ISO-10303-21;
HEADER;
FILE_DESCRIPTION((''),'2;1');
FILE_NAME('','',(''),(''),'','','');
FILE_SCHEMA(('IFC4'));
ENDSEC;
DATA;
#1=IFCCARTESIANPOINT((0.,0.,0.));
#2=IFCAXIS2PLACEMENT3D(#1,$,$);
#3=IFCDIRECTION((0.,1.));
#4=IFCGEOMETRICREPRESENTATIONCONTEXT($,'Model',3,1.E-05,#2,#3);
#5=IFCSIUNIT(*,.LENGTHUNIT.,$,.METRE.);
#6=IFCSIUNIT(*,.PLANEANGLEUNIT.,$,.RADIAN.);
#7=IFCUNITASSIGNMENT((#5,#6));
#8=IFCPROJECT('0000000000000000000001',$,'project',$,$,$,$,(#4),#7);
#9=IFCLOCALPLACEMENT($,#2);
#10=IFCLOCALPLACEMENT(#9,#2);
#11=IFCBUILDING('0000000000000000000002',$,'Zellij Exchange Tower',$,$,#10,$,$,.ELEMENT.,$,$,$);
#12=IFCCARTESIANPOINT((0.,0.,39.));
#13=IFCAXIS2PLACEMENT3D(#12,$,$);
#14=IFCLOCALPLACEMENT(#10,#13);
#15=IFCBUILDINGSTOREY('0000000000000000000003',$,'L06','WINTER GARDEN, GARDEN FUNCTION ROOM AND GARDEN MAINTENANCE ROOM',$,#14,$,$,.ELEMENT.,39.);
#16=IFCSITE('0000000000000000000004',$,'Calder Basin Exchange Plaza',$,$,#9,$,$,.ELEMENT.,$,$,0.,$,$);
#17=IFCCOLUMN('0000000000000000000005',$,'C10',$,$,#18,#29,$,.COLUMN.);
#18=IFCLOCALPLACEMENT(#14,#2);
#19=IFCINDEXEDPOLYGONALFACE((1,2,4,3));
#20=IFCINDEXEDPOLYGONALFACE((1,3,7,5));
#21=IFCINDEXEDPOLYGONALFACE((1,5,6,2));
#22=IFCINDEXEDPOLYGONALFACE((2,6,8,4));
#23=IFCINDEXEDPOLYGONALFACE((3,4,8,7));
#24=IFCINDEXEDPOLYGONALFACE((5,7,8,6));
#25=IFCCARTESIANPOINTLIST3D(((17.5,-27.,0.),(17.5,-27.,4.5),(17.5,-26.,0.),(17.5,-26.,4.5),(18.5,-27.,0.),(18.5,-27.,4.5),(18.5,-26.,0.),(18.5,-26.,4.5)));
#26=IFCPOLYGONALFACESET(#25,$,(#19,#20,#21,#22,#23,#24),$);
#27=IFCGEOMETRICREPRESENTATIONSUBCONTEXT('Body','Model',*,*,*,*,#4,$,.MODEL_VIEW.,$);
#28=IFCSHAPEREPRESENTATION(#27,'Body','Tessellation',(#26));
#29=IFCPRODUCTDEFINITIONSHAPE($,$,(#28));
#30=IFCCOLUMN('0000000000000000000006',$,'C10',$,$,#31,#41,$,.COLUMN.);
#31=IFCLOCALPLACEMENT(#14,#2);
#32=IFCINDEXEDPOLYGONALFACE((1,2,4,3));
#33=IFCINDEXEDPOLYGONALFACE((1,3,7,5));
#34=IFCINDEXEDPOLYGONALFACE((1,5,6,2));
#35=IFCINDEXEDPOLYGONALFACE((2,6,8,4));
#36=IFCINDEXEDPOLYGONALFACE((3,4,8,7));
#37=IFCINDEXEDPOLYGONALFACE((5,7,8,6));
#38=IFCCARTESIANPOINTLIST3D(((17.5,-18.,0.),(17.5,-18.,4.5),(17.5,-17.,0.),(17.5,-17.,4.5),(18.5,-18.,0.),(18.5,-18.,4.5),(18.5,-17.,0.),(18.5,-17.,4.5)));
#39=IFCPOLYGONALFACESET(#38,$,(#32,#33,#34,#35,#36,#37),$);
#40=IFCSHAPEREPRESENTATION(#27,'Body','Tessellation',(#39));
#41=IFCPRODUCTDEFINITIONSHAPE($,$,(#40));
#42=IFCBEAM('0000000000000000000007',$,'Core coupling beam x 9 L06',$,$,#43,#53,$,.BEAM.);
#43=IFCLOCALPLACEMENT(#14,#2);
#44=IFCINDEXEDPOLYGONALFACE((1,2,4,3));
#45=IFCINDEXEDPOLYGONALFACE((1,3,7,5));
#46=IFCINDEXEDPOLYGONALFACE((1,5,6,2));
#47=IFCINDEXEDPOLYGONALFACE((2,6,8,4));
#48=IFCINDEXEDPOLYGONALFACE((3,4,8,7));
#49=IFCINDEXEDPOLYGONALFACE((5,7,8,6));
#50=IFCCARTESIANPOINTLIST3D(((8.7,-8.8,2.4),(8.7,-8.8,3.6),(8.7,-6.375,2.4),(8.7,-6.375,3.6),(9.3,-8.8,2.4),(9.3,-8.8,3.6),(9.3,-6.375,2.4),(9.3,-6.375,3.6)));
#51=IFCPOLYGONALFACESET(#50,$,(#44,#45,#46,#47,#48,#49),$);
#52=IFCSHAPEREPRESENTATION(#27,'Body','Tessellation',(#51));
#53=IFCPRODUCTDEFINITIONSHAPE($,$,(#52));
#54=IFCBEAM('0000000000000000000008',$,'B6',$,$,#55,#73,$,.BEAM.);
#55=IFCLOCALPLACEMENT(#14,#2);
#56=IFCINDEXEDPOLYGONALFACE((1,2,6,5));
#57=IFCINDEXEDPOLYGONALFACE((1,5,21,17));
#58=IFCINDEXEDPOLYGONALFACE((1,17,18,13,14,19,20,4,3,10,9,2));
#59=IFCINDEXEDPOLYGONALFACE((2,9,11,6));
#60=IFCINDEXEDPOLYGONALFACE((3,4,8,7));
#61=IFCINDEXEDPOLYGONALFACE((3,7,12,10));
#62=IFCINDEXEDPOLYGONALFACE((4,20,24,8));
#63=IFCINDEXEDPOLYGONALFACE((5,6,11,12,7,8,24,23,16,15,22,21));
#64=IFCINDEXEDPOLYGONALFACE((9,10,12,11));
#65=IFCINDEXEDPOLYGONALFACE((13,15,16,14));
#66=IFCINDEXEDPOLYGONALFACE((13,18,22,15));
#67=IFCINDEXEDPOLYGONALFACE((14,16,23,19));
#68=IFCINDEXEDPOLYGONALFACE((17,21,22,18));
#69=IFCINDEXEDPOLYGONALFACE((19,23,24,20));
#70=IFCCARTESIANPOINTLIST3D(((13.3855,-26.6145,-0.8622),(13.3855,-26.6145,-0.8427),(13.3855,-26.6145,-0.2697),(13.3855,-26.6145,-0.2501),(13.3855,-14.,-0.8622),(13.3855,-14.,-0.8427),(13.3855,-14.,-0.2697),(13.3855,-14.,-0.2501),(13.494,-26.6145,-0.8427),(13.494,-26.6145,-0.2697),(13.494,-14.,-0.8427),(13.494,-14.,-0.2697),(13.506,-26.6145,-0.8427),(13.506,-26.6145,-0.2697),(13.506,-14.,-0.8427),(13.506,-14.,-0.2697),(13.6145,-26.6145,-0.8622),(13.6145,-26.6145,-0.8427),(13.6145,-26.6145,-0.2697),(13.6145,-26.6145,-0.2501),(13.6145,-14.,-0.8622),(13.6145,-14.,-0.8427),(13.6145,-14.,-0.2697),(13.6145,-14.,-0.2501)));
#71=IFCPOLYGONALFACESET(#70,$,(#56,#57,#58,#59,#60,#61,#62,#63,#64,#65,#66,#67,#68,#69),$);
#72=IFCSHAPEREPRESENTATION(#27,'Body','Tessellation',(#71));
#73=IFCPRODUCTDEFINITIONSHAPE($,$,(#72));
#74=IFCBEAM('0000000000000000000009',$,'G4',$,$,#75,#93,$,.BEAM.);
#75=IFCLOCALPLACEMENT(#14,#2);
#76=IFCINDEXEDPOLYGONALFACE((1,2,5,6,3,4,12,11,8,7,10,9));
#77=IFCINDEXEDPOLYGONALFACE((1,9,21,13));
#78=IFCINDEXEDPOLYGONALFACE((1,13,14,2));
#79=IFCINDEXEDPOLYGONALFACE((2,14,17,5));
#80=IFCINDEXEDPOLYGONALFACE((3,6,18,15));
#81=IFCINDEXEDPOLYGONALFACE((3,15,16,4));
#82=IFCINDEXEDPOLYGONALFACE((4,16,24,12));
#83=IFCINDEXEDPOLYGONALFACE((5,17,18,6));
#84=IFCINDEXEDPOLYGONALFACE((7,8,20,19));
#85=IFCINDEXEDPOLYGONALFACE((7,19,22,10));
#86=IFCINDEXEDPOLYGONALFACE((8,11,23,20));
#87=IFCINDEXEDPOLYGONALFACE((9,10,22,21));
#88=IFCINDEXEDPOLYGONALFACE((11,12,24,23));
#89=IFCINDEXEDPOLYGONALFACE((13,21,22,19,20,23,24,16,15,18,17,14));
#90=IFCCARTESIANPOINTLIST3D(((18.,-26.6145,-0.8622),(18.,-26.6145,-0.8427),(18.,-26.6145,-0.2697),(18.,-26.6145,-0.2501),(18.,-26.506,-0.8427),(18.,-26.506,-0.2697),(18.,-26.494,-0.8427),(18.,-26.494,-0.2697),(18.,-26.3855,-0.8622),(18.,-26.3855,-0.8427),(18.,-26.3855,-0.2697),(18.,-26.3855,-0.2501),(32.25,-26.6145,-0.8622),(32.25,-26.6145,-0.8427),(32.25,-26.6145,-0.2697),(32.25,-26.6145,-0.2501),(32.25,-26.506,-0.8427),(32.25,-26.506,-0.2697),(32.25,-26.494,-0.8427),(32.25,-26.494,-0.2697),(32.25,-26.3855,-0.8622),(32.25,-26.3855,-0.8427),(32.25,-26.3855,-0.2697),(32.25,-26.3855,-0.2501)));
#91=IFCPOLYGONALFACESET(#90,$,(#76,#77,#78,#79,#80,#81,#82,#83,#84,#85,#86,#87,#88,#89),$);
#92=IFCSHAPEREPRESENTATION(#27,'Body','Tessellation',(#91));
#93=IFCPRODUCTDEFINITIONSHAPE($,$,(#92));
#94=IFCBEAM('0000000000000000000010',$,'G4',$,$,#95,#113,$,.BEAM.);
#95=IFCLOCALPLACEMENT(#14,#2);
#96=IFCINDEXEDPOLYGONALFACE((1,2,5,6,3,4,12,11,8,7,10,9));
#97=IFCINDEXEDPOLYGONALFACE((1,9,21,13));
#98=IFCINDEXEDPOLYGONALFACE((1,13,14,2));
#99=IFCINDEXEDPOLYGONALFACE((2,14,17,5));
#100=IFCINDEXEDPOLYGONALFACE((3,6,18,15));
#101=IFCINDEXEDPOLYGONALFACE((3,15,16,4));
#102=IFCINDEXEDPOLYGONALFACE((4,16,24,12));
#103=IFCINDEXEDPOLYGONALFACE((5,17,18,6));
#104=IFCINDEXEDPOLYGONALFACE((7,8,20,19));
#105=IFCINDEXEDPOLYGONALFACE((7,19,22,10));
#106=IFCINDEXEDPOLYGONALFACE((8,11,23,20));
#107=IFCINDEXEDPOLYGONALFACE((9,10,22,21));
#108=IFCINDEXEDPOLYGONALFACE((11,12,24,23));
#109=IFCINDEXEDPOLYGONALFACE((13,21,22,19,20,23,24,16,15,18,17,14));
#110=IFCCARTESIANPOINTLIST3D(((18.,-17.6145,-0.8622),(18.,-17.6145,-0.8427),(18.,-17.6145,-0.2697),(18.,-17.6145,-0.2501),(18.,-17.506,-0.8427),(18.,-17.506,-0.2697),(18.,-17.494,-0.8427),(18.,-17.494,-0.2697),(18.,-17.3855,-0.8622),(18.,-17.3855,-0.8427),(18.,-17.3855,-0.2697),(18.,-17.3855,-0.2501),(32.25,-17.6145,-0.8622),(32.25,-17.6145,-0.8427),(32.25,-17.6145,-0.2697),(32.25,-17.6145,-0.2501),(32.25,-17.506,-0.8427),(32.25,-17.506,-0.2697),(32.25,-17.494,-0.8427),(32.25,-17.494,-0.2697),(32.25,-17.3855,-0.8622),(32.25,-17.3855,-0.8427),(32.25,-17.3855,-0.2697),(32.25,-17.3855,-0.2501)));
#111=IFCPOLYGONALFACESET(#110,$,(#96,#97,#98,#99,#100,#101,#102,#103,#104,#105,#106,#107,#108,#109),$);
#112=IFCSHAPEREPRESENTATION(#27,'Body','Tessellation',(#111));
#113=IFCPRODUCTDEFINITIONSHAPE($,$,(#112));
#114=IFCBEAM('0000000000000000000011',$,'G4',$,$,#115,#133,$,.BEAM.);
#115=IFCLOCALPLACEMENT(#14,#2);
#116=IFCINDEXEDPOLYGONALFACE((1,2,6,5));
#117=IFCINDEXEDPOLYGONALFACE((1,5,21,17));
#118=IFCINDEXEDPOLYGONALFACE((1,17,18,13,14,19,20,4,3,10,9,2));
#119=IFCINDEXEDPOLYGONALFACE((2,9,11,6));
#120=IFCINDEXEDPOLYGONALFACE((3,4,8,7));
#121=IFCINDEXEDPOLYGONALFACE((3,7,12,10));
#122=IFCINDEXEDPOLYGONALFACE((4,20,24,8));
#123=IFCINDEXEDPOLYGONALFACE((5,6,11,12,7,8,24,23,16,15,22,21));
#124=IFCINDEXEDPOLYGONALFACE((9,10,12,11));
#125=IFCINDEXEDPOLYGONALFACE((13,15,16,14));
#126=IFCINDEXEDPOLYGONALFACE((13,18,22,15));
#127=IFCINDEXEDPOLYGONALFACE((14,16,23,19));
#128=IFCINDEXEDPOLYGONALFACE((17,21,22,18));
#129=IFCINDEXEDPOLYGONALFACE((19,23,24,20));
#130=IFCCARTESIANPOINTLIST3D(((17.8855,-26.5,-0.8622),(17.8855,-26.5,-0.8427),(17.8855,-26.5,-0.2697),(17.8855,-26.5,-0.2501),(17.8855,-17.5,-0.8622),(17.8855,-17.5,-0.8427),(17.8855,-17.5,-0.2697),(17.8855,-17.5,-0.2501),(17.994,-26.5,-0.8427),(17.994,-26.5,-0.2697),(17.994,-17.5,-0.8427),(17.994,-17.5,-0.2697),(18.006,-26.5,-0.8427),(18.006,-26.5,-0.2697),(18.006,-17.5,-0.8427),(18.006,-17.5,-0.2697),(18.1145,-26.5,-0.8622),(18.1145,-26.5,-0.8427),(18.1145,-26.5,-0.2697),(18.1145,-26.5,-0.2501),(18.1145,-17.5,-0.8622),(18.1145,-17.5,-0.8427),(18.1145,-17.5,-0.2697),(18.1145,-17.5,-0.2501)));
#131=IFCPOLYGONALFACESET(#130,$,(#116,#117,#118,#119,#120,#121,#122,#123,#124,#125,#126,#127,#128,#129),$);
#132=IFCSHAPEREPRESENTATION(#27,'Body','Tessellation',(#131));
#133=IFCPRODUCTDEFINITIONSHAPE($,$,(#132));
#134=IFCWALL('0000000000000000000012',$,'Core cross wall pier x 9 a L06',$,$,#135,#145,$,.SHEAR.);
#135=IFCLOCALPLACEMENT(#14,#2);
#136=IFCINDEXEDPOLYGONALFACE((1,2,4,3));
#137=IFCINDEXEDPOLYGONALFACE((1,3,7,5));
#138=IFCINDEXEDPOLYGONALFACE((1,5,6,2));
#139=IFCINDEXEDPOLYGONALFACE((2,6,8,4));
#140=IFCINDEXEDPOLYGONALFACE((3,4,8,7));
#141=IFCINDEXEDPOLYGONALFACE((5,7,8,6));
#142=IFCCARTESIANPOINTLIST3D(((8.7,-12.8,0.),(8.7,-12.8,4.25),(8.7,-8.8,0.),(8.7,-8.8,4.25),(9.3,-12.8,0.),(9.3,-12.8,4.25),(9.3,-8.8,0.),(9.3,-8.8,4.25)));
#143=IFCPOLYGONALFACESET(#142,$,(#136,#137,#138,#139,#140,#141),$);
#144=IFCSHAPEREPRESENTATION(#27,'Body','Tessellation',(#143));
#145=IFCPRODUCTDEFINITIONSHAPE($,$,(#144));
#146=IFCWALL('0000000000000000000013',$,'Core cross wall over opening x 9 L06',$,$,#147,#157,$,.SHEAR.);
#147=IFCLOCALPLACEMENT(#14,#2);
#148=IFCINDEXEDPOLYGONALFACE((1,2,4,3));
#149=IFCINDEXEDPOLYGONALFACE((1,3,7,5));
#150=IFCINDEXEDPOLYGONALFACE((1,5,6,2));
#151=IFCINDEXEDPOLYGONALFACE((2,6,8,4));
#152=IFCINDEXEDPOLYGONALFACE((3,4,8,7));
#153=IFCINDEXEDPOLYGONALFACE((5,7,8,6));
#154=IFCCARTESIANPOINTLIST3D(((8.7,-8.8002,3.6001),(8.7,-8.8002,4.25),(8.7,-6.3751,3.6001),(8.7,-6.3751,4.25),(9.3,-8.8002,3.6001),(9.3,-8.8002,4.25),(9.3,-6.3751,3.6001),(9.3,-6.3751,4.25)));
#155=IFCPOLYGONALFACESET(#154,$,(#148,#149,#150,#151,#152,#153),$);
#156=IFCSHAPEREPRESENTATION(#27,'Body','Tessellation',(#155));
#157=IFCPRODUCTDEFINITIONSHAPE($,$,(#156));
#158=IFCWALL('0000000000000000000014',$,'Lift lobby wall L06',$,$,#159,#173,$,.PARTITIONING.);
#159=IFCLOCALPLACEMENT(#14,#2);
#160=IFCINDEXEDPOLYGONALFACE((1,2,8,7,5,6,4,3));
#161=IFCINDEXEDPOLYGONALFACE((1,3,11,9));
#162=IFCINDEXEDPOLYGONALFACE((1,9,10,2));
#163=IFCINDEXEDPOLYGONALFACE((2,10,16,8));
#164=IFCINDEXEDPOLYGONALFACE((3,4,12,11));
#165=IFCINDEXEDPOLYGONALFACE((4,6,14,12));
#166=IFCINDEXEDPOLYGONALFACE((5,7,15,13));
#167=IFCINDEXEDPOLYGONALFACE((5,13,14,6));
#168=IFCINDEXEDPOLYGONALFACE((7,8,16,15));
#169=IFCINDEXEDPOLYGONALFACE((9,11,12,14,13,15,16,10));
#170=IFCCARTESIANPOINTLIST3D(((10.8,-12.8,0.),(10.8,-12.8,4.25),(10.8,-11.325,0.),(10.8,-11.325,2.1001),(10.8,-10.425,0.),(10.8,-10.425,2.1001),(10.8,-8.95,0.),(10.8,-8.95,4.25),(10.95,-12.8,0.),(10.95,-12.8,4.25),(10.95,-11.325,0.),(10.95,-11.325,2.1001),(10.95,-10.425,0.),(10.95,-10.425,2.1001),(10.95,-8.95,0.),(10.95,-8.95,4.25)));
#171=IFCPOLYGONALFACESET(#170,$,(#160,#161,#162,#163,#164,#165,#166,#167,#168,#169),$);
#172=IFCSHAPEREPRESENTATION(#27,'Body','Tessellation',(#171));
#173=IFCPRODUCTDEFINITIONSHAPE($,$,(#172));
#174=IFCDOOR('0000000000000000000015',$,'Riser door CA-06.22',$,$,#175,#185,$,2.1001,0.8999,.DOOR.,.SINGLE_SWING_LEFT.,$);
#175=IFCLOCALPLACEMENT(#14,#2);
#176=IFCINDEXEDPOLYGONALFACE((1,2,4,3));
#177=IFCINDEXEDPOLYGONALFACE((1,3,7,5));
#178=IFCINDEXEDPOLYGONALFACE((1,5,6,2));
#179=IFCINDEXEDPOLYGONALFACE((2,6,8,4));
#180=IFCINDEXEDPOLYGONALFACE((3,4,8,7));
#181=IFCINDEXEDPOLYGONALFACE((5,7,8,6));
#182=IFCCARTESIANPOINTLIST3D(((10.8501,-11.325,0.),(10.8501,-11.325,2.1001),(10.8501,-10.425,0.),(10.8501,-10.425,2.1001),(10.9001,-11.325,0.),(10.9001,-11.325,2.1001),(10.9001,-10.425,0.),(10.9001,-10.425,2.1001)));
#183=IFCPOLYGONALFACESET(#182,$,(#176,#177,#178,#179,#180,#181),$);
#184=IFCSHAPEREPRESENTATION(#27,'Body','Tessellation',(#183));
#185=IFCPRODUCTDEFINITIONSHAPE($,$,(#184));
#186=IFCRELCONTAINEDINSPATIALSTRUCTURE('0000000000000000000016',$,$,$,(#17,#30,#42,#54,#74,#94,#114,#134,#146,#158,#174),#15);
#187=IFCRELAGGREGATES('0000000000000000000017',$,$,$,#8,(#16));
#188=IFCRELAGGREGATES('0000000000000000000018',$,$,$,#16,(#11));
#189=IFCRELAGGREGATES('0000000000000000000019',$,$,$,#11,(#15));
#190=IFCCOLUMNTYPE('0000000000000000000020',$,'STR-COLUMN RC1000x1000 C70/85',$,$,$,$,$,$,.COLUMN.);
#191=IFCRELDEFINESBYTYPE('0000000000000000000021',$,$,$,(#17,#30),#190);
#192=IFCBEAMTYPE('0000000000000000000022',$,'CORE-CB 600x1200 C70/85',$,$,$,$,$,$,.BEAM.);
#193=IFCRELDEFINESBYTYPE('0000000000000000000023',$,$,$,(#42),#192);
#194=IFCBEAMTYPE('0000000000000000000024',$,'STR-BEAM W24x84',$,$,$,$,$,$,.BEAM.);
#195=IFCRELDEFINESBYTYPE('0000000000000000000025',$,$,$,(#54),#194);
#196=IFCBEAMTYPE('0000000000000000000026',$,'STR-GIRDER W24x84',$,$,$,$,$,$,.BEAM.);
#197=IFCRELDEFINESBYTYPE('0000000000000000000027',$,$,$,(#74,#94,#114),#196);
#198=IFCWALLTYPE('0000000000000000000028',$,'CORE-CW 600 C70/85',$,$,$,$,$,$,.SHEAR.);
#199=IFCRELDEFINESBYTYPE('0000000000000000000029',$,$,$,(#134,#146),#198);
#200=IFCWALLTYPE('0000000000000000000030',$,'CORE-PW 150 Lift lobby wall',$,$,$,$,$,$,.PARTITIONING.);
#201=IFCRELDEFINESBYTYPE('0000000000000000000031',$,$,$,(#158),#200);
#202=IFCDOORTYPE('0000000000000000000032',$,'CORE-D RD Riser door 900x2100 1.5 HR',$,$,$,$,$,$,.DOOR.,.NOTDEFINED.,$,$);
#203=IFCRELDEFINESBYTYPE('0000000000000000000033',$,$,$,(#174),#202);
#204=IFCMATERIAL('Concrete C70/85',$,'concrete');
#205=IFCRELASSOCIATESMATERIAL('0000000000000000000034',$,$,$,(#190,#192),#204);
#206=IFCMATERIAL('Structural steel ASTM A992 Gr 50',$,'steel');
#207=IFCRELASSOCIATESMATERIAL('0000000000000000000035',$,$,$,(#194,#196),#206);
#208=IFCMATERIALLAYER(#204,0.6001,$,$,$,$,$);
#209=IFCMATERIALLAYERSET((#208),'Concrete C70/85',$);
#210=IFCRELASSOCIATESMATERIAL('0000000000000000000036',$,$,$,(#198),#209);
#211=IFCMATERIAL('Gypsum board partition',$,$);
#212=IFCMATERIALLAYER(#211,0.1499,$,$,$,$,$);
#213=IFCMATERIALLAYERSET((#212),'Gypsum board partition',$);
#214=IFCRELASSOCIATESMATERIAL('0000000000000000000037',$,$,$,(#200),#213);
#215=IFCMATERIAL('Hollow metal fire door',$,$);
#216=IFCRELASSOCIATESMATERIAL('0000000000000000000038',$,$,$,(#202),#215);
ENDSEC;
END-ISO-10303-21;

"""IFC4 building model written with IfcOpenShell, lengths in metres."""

from ifc_helpers import new_model, si_unit, direction, frame, frame_2d, origin, origin_2d, place, context, subcontext, project, spatial, rectangle, i_section, extrude, material, layer, layer_set, material_profile, profile_set, type_object, element, fill, save


model = new_model("IFC4")

# Units and contexts
model_context = context("Model", 3, precision=1e-05, world=origin(), true_north=direction((0.0, 1.0)))
body_context = subcontext(model_context, "Body", "Model", "MODEL_VIEW")
ifc_project = project(units=[si_unit("LENGTHUNIT", "METRE"), si_unit("PLANEANGLEUNIT", "RADIAN")], contexts=[model_context])

# Site, building, storey
site_placement = place(None, origin())
site = spatial("IfcSite", under=ifc_project, at=site_placement, Name="Calder Basin Exchange Plaza", CompositionType="ELEMENT", RefElevation=0.0)
building_placement = place(site_placement, origin())
building = spatial("IfcBuilding", under=site, at=building_placement, Name="Zellij Exchange Tower", CompositionType="ELEMENT")
storey_placement = place(building_placement, frame((0.0, 0.0, 39.0)))
storey = spatial("IfcBuildingStorey", under=building, at=storey_placement, Name="L06", Description="WINTER GARDEN, GARDEN FUNCTION ROOM AND GARDEN MAINTENANCE ROOM", CompositionType="ELEMENT", Elevation=39.0)

# Columns
ifc_material_1 = material(Name="Concrete C70/85", Category="concrete")
ifc_material_profile_1 = material_profile(ifc_material_1, rectangle(XDim=1.0, YDim=1.0, at=origin_2d()), Name="STR-COLUMN RC1000x1000 C70/85")
ifc_profile_set_1 = profile_set([ifc_material_profile_1], Name="Concrete C70/85")
column_type = type_object("IfcColumnType", Name="STR-COLUMN RC1000x1000 C70/85", PredefinedType="COLUMN", material=ifc_profile_set_1)
for number, where, z_axis, x_axis, name in (
    (1, (18.0, -26.5, 0.0), (0.0, 0.0, 1.0), (1.0, 0.0, 0.0), "C10"),
    (2, (18.0, -17.5, 0.0), (0.0, 0.0, 1.0), (1.0, 0.0, 0.0), "C10"),
):
    element("IfcColumn", number, at=place(storey_placement, frame(where, z_axis=z_axis, x_axis=x_axis)), inside=storey, type_object=column_type, Name=name, PredefinedType="COLUMN", context=body_context, shape_type="SweptSolid", body=[
        extrude(rectangle(XDim=1.0, YDim=1.0, at=origin_2d()), origin(), (0.0, 0.0, 1.0), 4.5),
    ])

# Beams
ifc_material_profile_2 = material_profile(ifc_material_1, rectangle(XDim=0.6001, YDim=1.2, at=origin_2d()), Name="CORE-CB 600x1200 C70/85")
ifc_profile_set_2 = profile_set([ifc_material_profile_2], Name="Concrete C70/85")
beam_type_1 = type_object("IfcBeamType", Name="CORE-CB 600x1200 C70/85", PredefinedType="BEAM", material=ifc_profile_set_2)
beam_1_placement = place(storey_placement, frame((9.0, -8.8, 3.0), z_axis=(0.0, 1.0, 0.0), x_axis=(-1.0, 0.0, 0.0)))
element("IfcBeam", 3, at=beam_1_placement, inside=storey, type_object=beam_type_1, Name="Core coupling beam x 9 L06", PredefinedType="BEAM", context=body_context, shape_type="SweptSolid", body=[
    extrude(rectangle(XDim=0.6001, YDim=1.2, at=origin_2d()), origin(), (0.0, 0.0, 1.0), 2.425),
])
ifc_material_2 = material(Name="Structural steel ASTM A992 Gr 50", Category="steel")
ifc_material_profile_3 = material_profile(ifc_material_2, i_section(OverallWidth=0.229, OverallDepth=0.6121, WebThickness=0.012, FlangeThickness=0.0195, at=origin_2d()), Name="W24x84")
ifc_profile_set_3 = profile_set([ifc_material_profile_3], Name="Structural steel ASTM A992 Gr 50")
beam_type_2 = type_object("IfcBeamType", Name="STR-BEAM W24x84", PredefinedType="BEAM", material=ifc_profile_set_3)
beam_2_placement = place(storey_placement, frame((13.5, -26.6145, -0.5562), z_axis=(0.0, 1.0, 0.0), x_axis=(-1.0, 0.0, 0.0)))
element("IfcBeam", 4, at=beam_2_placement, inside=storey, type_object=beam_type_2, Name="B6", PredefinedType="BEAM", context=body_context, shape_type="SweptSolid", body=[
    extrude(i_section(OverallWidth=0.229, OverallDepth=0.6121, WebThickness=0.012, FlangeThickness=0.0195, at=origin_2d()), origin(), (0.0, 0.0, 1.0), 12.6145),
])
ifc_material_profile_4 = material_profile(ifc_material_2, i_section(OverallWidth=0.229, OverallDepth=0.6121, WebThickness=0.012, FlangeThickness=0.0195, at=origin_2d()), Name="W24x84")
ifc_profile_set_4 = profile_set([ifc_material_profile_4], Name="Structural steel ASTM A992 Gr 50")
beam_type_3 = type_object("IfcBeamType", Name="STR-GIRDER W24x84", PredefinedType="BEAM", material=ifc_profile_set_4)
for number, where, z_axis, x_axis, name in (
    (5, (18.0, -26.5, -0.5562), (1.0, 0.0, 0.0), (0.0, 1.0, 0.0), "G4"),
    (6, (18.0, -17.5, -0.5562), (1.0, 0.0, 0.0), (0.0, 1.0, 0.0), "G4"),
):
    element("IfcBeam", number, at=place(storey_placement, frame(where, z_axis=z_axis, x_axis=x_axis)), inside=storey, type_object=beam_type_3, Name=name, PredefinedType="BEAM", context=body_context, shape_type="SweptSolid", body=[
        extrude(i_section(OverallWidth=0.229, OverallDepth=0.6121, WebThickness=0.012, FlangeThickness=0.0195, at=origin_2d()), origin(), (0.0, 0.0, 1.0), 14.25),
    ])
beam_3_placement = place(storey_placement, frame((18.0, -26.5, -0.5562), z_axis=(0.0, 1.0, 0.0), x_axis=(-1.0, 0.0, 0.0)))
element("IfcBeam", 7, at=beam_3_placement, inside=storey, type_object=beam_type_3, Name="G4", PredefinedType="BEAM", context=body_context, shape_type="SweptSolid", body=[
    extrude(i_section(OverallWidth=0.229, OverallDepth=0.6121, WebThickness=0.012, FlangeThickness=0.0195, at=origin_2d()), origin(), (0.0, 0.0, 1.0), 9.0),
])

# Walls
ifc_layer_1 = layer(ifc_material_1, 0.6001)
ifc_layer_set_1 = layer_set([ifc_layer_1], Name="Concrete C70/85")
wall_type_1 = type_object("IfcWallType", Name="CORE-CW 600 C70/85", PredefinedType="SHEAR", material=ifc_layer_set_1)
wall_1_placement = place(storey_placement, frame((9.0, -12.8, 0.0), z_axis=(0.0, 0.0, 1.0), x_axis=(0.0, 1.0, 0.0)))
element("IfcWall", 8, at=wall_1_placement, inside=storey, type_object=wall_type_1, Name="Core cross wall pier x 9 a L06", PredefinedType="SHEAR", context=body_context, shape_type="SweptSolid", body=[
    extrude(rectangle(XDim=4.0, YDim=0.6001, at=frame_2d((2.0, 0.0))), origin(), (0.0, 0.0, 1.0), 4.25),
])
wall_2_placement = place(storey_placement, frame((9.0, -8.8, 3.6001), z_axis=(0.0, 0.0, 1.0), x_axis=(0.0, 1.0, 0.0)))
element("IfcWall", 9, at=wall_2_placement, inside=storey, type_object=wall_type_1, Name="Core cross wall over opening x 9 L06", PredefinedType="SHEAR", context=body_context, shape_type="SweptSolid", body=[
    extrude(rectangle(XDim=2.425, YDim=0.6001, at=frame_2d((1.2124, 0.0))), origin(), (0.0, 0.0, 1.0), 0.6499),
])

# Wall, opening, door
ifc_material_3 = material(Name="Gypsum board partition")
ifc_layer_2 = layer(ifc_material_3, 0.1499)
ifc_layer_set_2 = layer_set([ifc_layer_2], Name="Gypsum board partition")
wall_type_2 = type_object("IfcWallType", Name="CORE-PW 150 Lift lobby wall", PredefinedType="PARTITIONING", material=ifc_layer_set_2)
wall_3_placement = place(storey_placement, frame((10.875, -12.8, 0.0), z_axis=(0.0, 0.0, 1.0), x_axis=(0.0, 1.0, 0.0)))
wall_3 = element("IfcWall", 10, at=wall_3_placement, inside=storey, type_object=wall_type_2, Name="Lift lobby wall L06", PredefinedType="PARTITIONING", context=body_context, shape_type="SweptSolid", body=[
    extrude(rectangle(XDim=3.8501, YDim=0.1499, at=frame_2d((1.925, 0.0))), origin(), (0.0, 0.0, 1.0), 4.25),
])
opening_1_placement = place(wall_3_placement, frame((1.4751, 0.0, 0.0)))
opening_1 = element("IfcOpeningElement", 11, at=opening_1_placement, cuts=wall_3, PredefinedType="OPENING", context=body_context, shape_type="SweptSolid", body=[
    extrude(rectangle(XDim=0.8999, YDim=2.1001, at=frame_2d((0.45, 1.05))), frame((0.0, 0.0869, 0.0), z_axis=(0.0, -1.0, 0.0), x_axis=(1.0, 0.0, 0.0)), (0.0, 0.0, 1.0), 0.1738),
])
ifc_material_4 = material(Name="Hollow metal fire door")
door_type_1 = type_object("IfcDoorType", Name="CORE-D RD Riser door 900x2100 1.5 HR", OperationType="NOTDEFINED", PredefinedType="DOOR", material=ifc_material_4)
door_1_placement = place(opening_1_placement, origin())
door_1 = element("IfcDoor", 12, at=door_1_placement, inside=storey, type_object=door_type_1, Name="Riser door CA-06.22", OperationType="SINGLE_SWING_LEFT", OverallHeight=2.1001, OverallWidth=0.8999, PredefinedType="DOOR", context=body_context, shape_type="SweptSolid", body=[
    extrude(rectangle(XDim=0.8999, YDim=2.1001, at=frame_2d((0.45, 1.05))), frame((0.0, 0.0249, 0.0), z_axis=(0.0, -1.0, 0.0), x_axis=(1.0, 0.0, 0.0)), (0.0, 0.0, 1.0), 0.05),
])
fill(opening_1, door_1)

save(model, "model.ifc")
